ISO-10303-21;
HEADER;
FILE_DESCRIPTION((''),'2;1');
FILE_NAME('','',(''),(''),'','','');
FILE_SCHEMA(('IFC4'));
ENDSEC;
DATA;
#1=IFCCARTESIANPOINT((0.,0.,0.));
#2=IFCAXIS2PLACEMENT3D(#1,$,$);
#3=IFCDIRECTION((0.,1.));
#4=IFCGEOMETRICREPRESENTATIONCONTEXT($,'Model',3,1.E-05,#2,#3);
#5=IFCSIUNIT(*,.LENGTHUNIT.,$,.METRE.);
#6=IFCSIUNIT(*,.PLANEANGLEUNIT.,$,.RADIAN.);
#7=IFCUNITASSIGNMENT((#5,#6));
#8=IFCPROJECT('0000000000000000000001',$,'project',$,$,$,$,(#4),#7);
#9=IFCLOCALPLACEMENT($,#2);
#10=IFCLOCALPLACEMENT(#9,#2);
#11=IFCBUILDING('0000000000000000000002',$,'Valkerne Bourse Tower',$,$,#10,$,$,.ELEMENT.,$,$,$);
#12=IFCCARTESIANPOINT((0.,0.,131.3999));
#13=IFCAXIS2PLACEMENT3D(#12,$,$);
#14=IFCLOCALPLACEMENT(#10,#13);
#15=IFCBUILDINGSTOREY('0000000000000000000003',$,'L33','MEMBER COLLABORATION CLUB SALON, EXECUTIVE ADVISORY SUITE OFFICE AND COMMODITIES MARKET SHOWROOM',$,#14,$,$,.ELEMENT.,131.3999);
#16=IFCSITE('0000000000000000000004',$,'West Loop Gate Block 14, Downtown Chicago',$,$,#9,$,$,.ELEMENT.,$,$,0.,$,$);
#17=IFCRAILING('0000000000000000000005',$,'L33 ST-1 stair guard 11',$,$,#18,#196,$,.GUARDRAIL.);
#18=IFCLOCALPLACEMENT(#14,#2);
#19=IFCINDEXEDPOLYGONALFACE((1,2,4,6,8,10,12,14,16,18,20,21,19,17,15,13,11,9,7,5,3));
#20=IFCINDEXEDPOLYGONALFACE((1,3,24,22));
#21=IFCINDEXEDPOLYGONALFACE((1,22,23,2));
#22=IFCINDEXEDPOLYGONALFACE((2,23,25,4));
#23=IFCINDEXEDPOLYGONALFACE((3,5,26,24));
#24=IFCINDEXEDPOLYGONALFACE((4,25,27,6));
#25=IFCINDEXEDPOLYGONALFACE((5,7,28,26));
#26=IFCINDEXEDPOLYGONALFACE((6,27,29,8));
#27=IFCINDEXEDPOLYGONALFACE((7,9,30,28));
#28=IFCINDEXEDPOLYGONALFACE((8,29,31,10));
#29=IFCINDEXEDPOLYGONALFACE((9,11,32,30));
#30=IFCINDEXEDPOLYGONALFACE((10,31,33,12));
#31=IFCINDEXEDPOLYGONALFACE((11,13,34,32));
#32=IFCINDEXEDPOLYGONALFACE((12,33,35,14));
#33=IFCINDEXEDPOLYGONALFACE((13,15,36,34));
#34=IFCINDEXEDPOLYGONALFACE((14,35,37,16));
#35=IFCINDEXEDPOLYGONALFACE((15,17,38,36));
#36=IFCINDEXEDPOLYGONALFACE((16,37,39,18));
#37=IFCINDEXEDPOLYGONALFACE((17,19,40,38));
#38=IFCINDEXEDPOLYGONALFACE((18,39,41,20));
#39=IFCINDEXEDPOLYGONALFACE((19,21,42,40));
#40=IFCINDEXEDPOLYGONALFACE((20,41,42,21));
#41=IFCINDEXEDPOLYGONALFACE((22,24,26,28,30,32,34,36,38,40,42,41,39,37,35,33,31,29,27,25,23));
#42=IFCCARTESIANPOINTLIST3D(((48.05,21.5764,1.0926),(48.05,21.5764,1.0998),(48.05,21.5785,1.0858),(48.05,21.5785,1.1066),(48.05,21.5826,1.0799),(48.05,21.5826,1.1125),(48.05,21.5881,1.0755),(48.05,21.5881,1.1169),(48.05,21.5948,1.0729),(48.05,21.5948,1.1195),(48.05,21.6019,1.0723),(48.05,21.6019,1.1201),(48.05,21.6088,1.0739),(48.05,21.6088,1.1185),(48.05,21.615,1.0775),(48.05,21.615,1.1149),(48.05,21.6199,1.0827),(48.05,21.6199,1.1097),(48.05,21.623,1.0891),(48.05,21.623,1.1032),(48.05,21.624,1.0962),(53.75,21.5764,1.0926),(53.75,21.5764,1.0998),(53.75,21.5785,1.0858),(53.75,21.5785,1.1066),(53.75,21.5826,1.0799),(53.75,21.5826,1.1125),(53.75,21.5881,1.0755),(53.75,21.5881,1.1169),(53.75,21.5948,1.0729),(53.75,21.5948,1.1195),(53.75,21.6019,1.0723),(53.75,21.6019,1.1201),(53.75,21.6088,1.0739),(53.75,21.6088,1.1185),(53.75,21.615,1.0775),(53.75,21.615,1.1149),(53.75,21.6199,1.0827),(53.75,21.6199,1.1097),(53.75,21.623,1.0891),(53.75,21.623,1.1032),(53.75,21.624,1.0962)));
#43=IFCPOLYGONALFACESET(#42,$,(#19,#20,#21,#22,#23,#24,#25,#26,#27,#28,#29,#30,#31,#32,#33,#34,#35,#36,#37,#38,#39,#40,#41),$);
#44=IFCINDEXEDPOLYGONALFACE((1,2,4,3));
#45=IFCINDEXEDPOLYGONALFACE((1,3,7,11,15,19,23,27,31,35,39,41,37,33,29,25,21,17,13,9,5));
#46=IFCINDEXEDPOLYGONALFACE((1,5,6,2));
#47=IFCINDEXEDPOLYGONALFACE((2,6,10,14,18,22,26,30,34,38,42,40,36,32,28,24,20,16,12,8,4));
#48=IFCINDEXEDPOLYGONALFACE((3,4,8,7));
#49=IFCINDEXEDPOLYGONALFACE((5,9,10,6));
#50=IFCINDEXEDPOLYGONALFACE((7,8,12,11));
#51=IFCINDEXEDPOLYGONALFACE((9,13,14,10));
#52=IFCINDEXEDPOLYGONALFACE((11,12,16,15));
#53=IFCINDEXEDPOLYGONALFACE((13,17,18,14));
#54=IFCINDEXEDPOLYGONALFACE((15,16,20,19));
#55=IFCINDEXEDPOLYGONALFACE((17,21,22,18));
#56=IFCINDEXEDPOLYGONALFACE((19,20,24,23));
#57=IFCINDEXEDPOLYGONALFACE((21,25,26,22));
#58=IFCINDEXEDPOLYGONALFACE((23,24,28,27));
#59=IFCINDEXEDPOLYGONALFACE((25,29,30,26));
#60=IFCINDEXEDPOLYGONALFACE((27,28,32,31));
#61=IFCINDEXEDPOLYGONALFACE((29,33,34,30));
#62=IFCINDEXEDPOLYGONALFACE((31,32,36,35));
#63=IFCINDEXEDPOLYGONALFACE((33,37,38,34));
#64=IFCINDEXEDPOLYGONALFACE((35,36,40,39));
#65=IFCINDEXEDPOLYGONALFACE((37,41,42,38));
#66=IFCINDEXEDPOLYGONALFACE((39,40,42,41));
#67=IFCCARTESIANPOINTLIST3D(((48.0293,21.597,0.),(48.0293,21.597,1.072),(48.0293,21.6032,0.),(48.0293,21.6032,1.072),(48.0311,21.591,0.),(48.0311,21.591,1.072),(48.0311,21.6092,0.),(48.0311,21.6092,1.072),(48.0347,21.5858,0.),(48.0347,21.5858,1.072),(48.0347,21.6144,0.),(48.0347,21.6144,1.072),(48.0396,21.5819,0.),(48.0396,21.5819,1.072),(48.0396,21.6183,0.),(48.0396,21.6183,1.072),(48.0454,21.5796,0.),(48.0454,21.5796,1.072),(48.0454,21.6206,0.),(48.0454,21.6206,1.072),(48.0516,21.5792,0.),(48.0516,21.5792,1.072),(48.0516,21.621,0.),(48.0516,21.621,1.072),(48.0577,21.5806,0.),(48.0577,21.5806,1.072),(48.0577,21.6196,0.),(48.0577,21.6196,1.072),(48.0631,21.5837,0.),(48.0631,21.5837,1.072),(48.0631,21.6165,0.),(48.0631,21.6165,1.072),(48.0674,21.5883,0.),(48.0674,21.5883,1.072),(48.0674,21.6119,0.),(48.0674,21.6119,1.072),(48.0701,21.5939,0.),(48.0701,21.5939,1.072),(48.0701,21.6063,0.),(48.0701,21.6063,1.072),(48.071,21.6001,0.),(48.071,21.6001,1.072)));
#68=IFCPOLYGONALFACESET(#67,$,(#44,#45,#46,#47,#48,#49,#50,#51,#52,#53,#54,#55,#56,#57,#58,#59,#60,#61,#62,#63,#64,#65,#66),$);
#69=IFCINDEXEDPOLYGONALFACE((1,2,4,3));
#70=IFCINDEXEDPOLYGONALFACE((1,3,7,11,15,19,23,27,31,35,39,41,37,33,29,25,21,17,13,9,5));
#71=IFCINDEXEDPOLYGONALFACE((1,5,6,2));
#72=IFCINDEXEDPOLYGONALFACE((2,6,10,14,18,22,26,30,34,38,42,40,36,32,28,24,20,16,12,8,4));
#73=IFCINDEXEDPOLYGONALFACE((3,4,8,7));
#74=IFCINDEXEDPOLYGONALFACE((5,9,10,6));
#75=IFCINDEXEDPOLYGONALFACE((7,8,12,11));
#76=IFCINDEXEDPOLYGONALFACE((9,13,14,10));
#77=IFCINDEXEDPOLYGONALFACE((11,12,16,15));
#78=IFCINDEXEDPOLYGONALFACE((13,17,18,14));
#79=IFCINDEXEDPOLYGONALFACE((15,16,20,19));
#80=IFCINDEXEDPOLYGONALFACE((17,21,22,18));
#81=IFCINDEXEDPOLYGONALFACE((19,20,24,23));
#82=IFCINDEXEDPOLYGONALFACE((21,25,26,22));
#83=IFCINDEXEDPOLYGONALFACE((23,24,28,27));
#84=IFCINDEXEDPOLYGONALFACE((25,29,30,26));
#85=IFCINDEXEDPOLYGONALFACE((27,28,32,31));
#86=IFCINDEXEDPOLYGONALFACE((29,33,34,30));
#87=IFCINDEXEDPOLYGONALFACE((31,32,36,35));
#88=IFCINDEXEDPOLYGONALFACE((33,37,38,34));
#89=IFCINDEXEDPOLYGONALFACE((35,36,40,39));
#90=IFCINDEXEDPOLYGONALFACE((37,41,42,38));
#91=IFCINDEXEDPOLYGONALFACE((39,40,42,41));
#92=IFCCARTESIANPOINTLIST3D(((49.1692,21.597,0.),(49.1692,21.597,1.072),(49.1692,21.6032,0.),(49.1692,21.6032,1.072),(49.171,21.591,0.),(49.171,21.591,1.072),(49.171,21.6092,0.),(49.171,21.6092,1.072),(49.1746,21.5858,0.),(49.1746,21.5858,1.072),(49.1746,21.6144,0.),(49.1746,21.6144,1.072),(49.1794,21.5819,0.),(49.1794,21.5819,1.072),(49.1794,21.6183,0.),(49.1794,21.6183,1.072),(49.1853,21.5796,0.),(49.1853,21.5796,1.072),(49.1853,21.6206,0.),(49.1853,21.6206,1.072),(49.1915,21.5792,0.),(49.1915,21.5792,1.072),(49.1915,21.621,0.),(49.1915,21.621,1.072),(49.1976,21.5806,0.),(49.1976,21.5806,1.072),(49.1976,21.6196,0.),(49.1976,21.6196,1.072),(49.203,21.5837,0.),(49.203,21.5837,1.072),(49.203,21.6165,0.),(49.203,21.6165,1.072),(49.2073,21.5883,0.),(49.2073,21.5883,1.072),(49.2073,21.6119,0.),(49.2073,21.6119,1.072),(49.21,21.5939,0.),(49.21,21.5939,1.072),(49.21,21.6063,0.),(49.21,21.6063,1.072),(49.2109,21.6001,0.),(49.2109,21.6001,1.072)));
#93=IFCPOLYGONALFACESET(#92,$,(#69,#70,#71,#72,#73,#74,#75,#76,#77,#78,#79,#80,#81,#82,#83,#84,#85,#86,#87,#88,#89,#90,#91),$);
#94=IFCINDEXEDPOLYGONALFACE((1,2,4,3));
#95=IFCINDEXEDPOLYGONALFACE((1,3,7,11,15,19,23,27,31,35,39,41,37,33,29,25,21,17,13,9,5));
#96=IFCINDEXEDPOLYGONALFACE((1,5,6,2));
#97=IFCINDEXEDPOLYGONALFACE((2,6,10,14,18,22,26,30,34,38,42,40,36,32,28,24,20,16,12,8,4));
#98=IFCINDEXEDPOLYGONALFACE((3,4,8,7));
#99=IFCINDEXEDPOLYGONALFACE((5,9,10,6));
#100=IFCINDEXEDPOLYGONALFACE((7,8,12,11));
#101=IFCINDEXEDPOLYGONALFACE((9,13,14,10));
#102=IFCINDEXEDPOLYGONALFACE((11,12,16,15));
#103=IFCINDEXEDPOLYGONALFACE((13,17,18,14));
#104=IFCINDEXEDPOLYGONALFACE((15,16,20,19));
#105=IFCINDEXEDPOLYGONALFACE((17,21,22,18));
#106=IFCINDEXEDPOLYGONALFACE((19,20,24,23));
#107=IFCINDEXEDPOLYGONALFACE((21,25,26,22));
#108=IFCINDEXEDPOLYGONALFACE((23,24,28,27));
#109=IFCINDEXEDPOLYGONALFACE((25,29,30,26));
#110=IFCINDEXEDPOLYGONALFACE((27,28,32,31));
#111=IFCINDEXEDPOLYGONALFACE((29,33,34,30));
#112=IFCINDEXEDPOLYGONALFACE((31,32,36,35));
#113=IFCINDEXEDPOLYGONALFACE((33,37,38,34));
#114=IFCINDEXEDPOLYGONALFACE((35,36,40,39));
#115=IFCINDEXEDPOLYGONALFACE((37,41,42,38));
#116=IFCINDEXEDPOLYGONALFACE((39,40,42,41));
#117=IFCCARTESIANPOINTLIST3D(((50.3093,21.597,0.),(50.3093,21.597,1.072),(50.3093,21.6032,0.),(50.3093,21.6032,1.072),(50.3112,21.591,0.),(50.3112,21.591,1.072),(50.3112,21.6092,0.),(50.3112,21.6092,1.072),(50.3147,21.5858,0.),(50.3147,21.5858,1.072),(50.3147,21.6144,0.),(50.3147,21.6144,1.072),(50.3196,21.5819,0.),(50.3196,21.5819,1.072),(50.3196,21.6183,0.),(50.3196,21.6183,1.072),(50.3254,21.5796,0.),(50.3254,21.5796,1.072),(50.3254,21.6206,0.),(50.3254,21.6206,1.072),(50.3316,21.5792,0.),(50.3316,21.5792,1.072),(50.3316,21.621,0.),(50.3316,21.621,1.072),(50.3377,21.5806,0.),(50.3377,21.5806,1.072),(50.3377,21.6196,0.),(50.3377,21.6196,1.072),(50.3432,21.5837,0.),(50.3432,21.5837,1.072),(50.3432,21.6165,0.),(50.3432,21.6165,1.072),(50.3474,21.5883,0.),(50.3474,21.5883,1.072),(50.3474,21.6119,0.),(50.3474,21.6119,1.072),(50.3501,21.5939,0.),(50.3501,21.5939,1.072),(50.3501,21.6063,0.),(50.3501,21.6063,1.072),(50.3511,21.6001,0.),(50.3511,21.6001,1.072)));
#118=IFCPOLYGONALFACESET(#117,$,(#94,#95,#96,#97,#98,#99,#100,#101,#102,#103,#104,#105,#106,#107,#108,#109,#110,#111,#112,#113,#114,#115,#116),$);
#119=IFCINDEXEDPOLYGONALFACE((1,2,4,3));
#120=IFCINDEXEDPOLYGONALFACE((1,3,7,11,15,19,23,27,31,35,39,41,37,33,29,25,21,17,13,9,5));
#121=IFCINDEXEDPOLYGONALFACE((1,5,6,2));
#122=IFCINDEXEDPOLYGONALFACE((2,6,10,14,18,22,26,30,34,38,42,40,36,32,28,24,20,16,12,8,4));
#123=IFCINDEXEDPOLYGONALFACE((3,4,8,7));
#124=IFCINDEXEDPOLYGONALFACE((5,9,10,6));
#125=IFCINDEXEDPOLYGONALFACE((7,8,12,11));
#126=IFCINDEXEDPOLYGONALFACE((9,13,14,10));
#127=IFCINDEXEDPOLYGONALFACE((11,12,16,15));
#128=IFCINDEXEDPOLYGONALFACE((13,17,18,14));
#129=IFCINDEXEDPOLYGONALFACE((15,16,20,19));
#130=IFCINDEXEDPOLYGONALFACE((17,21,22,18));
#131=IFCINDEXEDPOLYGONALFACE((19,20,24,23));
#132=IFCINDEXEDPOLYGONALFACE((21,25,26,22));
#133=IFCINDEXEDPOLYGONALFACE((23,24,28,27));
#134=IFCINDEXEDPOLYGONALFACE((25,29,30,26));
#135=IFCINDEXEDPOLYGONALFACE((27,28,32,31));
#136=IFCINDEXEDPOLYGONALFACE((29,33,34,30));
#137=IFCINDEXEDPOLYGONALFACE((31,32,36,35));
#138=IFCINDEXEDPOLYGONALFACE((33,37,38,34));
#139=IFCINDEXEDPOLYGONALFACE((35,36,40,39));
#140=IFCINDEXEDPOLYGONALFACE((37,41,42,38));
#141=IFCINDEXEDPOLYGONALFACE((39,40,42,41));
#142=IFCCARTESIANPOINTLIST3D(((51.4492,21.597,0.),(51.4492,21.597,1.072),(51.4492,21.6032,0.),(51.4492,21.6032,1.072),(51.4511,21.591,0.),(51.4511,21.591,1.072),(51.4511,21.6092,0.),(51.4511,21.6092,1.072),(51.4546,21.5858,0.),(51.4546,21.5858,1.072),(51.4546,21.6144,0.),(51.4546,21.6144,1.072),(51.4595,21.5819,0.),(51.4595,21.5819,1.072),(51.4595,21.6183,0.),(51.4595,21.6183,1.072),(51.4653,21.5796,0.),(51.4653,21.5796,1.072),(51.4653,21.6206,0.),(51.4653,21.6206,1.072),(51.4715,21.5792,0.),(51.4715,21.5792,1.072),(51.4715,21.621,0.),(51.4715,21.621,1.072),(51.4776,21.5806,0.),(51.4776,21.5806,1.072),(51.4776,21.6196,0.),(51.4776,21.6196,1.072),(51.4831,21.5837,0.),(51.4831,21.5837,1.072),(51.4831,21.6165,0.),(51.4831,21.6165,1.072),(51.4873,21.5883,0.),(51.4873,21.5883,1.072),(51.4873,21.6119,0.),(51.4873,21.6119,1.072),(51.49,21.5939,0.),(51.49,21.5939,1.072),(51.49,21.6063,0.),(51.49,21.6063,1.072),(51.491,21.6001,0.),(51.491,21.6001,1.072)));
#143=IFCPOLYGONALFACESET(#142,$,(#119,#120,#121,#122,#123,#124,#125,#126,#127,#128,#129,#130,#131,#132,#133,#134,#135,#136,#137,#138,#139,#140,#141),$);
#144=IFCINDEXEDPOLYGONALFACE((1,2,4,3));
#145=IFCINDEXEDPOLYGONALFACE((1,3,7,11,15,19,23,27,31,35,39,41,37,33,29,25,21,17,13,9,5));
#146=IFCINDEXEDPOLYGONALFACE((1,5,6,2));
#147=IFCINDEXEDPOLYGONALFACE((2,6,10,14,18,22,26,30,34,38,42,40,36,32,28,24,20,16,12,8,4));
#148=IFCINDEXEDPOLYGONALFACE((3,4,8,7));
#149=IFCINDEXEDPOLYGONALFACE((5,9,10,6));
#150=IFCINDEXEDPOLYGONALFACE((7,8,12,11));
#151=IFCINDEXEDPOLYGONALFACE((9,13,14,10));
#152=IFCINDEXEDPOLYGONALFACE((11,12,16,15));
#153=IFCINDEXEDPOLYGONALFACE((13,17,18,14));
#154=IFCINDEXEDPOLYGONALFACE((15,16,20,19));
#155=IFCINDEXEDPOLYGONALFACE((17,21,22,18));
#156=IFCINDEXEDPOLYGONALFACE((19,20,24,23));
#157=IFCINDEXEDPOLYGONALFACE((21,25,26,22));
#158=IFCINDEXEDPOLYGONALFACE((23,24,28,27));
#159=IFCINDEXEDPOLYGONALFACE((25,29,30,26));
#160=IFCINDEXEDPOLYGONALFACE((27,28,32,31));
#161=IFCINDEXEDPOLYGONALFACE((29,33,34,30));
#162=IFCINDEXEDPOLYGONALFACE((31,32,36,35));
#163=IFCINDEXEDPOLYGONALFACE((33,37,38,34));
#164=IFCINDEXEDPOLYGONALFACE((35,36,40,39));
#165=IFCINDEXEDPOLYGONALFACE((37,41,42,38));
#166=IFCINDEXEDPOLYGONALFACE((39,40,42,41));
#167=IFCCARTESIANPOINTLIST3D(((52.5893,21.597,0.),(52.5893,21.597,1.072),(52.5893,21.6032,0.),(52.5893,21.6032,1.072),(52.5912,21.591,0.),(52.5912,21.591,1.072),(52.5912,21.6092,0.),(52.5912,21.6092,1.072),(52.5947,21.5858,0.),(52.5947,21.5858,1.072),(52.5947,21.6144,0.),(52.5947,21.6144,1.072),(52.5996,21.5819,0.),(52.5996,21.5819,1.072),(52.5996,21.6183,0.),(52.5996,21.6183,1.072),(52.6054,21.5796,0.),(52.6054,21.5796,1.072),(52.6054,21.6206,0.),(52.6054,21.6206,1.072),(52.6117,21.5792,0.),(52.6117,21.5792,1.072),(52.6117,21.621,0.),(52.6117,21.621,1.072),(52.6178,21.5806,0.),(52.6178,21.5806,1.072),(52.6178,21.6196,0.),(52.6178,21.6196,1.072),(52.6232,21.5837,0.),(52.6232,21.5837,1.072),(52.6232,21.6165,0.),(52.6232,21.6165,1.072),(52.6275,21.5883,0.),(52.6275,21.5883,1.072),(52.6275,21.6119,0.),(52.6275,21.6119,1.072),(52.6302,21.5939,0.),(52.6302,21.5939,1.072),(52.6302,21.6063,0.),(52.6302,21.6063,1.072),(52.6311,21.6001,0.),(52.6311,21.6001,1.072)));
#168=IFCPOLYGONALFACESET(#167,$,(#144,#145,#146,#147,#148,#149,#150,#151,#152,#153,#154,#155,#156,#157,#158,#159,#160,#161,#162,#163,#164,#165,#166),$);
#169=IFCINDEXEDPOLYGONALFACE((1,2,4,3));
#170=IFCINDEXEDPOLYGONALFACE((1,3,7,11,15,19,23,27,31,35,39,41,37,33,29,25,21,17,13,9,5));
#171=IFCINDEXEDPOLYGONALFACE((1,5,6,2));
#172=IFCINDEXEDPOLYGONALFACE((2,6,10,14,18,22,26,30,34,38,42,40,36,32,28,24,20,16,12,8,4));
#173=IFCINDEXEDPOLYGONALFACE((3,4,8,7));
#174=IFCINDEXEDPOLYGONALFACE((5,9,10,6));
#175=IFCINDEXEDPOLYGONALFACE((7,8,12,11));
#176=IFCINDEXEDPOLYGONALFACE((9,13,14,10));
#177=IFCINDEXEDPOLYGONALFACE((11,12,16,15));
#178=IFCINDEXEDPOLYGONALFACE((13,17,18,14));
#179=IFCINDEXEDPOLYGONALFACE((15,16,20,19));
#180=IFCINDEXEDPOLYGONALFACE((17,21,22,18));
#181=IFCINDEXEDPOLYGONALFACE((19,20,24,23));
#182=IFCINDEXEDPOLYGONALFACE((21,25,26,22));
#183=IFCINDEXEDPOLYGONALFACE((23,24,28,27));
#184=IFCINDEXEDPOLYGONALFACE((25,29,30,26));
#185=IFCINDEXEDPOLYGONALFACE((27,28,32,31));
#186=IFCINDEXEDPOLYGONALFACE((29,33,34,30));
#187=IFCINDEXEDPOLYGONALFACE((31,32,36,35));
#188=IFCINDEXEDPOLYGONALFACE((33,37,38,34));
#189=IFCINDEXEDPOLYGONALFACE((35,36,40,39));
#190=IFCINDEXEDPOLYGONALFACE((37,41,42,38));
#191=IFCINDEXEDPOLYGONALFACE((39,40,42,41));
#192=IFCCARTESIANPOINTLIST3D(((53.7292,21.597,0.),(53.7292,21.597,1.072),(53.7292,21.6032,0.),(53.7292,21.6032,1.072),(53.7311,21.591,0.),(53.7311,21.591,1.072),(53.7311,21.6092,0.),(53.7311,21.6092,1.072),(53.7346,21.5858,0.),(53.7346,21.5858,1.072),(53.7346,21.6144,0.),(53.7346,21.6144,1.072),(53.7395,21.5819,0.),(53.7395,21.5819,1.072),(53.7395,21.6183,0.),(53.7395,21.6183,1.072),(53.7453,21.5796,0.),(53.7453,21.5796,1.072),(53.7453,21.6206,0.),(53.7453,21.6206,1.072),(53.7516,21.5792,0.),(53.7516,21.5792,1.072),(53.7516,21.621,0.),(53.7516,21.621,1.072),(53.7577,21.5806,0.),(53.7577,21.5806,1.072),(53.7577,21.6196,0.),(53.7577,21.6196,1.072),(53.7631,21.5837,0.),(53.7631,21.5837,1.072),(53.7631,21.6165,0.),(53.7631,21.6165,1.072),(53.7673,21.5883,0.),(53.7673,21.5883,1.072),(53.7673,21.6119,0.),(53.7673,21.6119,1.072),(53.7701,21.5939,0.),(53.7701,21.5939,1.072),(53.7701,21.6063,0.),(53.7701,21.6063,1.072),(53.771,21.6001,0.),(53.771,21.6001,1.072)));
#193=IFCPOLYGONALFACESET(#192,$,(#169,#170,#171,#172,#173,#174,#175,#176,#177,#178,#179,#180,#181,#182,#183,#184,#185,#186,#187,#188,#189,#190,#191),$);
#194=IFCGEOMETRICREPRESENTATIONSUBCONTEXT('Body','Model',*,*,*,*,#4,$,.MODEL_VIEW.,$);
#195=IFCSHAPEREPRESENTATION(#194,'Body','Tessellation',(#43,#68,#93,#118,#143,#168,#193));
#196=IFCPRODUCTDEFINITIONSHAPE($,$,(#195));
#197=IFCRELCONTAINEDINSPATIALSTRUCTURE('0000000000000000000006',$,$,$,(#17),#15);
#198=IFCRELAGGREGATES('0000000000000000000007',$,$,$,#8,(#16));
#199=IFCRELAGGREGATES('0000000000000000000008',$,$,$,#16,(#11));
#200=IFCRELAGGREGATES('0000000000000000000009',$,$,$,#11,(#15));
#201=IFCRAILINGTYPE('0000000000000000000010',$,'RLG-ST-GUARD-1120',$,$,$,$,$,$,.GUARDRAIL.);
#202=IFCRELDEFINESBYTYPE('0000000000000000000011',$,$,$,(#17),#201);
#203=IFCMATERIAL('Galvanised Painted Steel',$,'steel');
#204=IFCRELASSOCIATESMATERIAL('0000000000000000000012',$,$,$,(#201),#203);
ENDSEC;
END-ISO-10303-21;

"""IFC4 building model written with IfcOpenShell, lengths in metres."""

from ifc_helpers import new_model, si_unit, direction, frame, origin, origin_2d, place, context, subcontext, project, spatial, circle, extrude, material, type_object, element, save


model = new_model("IFC4")

# Units and contexts
model_context = context("Model", 3, precision=1e-05, world=origin(), true_north=direction((0.0, 1.0)))
body_context = subcontext(model_context, "Body", "Model", "MODEL_VIEW")
ifc_project = project(units=[si_unit("LENGTHUNIT", "METRE"), si_unit("PLANEANGLEUNIT", "RADIAN")], contexts=[model_context])

# Site, building, storey
site_placement = place(None, origin())
site = spatial("IfcSite", under=ifc_project, at=site_placement, Name="West Loop Gate Block 14, Downtown Chicago", CompositionType="ELEMENT", RefElevation=0.0)
building_placement = place(site_placement, origin())
building = spatial("IfcBuilding", under=site, at=building_placement, Name="Valkerne Bourse Tower", CompositionType="ELEMENT")
storey_placement = place(building_placement, frame((0.0, 0.0, 131.3999)))
storey = spatial("IfcBuildingStorey", under=building, at=storey_placement, Name="L33", Description="MEMBER COLLABORATION CLUB SALON, EXECUTIVE ADVISORY SUITE OFFICE AND COMMODITIES MARKET SHOWROOM", CompositionType="ELEMENT", Elevation=131.3999)

# Shared definitions
ifc_material_1 = material(Name="Galvanised Painted Steel", Category="steel")

# Railing
railing_type = type_object("IfcRailingType", Name="RLG-ST-GUARD-1120", PredefinedType="GUARDRAIL", material=ifc_material_1)
for number, where, name in (
    (1, (48.05, 21.6001, 0.0), "L33 ST-1 stair guard 11"),
):
    element("IfcRailing", number, at=place(storey_placement, frame(where)), inside=storey, type_object=railing_type, Name=name, PredefinedType="GUARDRAIL", context=body_context, shape_type="SweptSolid", body=[
        extrude(circle(Radius=0.0239, at=origin_2d()), frame((0.0, 0.0, 1.0962), z_axis=(1.0, 0.0, 0.0), x_axis=(0.0, 1.0, 0.0)), (0.0, 0.0, 1.0), 5.7),
        extrude(circle(Radius=0.021, at=origin_2d()), origin(), (0.0, 0.0, 1.0), 1.072),
        extrude(circle(Radius=0.021, at=origin_2d()), frame((1.1399, 0.0, 0.0)), (0.0, 0.0, 1.0), 1.072),
        extrude(circle(Radius=0.021, at=origin_2d()), frame((2.28, 0.0, 0.0)), (0.0, 0.0, 1.0), 1.072),
        extrude(circle(Radius=0.021, at=origin_2d()), frame((3.4199, 0.0, 0.0)), (0.0, 0.0, 1.0), 1.072),
        extrude(circle(Radius=0.021, at=origin_2d()), frame((4.5601, 0.0, 0.0)), (0.0, 0.0, 1.0), 1.072),
        extrude(circle(Radius=0.021, at=origin_2d()), frame((5.7, 0.0, 0.0)), (0.0, 0.0, 1.0), 1.072),
    ])

save(model, "model.ifc")
